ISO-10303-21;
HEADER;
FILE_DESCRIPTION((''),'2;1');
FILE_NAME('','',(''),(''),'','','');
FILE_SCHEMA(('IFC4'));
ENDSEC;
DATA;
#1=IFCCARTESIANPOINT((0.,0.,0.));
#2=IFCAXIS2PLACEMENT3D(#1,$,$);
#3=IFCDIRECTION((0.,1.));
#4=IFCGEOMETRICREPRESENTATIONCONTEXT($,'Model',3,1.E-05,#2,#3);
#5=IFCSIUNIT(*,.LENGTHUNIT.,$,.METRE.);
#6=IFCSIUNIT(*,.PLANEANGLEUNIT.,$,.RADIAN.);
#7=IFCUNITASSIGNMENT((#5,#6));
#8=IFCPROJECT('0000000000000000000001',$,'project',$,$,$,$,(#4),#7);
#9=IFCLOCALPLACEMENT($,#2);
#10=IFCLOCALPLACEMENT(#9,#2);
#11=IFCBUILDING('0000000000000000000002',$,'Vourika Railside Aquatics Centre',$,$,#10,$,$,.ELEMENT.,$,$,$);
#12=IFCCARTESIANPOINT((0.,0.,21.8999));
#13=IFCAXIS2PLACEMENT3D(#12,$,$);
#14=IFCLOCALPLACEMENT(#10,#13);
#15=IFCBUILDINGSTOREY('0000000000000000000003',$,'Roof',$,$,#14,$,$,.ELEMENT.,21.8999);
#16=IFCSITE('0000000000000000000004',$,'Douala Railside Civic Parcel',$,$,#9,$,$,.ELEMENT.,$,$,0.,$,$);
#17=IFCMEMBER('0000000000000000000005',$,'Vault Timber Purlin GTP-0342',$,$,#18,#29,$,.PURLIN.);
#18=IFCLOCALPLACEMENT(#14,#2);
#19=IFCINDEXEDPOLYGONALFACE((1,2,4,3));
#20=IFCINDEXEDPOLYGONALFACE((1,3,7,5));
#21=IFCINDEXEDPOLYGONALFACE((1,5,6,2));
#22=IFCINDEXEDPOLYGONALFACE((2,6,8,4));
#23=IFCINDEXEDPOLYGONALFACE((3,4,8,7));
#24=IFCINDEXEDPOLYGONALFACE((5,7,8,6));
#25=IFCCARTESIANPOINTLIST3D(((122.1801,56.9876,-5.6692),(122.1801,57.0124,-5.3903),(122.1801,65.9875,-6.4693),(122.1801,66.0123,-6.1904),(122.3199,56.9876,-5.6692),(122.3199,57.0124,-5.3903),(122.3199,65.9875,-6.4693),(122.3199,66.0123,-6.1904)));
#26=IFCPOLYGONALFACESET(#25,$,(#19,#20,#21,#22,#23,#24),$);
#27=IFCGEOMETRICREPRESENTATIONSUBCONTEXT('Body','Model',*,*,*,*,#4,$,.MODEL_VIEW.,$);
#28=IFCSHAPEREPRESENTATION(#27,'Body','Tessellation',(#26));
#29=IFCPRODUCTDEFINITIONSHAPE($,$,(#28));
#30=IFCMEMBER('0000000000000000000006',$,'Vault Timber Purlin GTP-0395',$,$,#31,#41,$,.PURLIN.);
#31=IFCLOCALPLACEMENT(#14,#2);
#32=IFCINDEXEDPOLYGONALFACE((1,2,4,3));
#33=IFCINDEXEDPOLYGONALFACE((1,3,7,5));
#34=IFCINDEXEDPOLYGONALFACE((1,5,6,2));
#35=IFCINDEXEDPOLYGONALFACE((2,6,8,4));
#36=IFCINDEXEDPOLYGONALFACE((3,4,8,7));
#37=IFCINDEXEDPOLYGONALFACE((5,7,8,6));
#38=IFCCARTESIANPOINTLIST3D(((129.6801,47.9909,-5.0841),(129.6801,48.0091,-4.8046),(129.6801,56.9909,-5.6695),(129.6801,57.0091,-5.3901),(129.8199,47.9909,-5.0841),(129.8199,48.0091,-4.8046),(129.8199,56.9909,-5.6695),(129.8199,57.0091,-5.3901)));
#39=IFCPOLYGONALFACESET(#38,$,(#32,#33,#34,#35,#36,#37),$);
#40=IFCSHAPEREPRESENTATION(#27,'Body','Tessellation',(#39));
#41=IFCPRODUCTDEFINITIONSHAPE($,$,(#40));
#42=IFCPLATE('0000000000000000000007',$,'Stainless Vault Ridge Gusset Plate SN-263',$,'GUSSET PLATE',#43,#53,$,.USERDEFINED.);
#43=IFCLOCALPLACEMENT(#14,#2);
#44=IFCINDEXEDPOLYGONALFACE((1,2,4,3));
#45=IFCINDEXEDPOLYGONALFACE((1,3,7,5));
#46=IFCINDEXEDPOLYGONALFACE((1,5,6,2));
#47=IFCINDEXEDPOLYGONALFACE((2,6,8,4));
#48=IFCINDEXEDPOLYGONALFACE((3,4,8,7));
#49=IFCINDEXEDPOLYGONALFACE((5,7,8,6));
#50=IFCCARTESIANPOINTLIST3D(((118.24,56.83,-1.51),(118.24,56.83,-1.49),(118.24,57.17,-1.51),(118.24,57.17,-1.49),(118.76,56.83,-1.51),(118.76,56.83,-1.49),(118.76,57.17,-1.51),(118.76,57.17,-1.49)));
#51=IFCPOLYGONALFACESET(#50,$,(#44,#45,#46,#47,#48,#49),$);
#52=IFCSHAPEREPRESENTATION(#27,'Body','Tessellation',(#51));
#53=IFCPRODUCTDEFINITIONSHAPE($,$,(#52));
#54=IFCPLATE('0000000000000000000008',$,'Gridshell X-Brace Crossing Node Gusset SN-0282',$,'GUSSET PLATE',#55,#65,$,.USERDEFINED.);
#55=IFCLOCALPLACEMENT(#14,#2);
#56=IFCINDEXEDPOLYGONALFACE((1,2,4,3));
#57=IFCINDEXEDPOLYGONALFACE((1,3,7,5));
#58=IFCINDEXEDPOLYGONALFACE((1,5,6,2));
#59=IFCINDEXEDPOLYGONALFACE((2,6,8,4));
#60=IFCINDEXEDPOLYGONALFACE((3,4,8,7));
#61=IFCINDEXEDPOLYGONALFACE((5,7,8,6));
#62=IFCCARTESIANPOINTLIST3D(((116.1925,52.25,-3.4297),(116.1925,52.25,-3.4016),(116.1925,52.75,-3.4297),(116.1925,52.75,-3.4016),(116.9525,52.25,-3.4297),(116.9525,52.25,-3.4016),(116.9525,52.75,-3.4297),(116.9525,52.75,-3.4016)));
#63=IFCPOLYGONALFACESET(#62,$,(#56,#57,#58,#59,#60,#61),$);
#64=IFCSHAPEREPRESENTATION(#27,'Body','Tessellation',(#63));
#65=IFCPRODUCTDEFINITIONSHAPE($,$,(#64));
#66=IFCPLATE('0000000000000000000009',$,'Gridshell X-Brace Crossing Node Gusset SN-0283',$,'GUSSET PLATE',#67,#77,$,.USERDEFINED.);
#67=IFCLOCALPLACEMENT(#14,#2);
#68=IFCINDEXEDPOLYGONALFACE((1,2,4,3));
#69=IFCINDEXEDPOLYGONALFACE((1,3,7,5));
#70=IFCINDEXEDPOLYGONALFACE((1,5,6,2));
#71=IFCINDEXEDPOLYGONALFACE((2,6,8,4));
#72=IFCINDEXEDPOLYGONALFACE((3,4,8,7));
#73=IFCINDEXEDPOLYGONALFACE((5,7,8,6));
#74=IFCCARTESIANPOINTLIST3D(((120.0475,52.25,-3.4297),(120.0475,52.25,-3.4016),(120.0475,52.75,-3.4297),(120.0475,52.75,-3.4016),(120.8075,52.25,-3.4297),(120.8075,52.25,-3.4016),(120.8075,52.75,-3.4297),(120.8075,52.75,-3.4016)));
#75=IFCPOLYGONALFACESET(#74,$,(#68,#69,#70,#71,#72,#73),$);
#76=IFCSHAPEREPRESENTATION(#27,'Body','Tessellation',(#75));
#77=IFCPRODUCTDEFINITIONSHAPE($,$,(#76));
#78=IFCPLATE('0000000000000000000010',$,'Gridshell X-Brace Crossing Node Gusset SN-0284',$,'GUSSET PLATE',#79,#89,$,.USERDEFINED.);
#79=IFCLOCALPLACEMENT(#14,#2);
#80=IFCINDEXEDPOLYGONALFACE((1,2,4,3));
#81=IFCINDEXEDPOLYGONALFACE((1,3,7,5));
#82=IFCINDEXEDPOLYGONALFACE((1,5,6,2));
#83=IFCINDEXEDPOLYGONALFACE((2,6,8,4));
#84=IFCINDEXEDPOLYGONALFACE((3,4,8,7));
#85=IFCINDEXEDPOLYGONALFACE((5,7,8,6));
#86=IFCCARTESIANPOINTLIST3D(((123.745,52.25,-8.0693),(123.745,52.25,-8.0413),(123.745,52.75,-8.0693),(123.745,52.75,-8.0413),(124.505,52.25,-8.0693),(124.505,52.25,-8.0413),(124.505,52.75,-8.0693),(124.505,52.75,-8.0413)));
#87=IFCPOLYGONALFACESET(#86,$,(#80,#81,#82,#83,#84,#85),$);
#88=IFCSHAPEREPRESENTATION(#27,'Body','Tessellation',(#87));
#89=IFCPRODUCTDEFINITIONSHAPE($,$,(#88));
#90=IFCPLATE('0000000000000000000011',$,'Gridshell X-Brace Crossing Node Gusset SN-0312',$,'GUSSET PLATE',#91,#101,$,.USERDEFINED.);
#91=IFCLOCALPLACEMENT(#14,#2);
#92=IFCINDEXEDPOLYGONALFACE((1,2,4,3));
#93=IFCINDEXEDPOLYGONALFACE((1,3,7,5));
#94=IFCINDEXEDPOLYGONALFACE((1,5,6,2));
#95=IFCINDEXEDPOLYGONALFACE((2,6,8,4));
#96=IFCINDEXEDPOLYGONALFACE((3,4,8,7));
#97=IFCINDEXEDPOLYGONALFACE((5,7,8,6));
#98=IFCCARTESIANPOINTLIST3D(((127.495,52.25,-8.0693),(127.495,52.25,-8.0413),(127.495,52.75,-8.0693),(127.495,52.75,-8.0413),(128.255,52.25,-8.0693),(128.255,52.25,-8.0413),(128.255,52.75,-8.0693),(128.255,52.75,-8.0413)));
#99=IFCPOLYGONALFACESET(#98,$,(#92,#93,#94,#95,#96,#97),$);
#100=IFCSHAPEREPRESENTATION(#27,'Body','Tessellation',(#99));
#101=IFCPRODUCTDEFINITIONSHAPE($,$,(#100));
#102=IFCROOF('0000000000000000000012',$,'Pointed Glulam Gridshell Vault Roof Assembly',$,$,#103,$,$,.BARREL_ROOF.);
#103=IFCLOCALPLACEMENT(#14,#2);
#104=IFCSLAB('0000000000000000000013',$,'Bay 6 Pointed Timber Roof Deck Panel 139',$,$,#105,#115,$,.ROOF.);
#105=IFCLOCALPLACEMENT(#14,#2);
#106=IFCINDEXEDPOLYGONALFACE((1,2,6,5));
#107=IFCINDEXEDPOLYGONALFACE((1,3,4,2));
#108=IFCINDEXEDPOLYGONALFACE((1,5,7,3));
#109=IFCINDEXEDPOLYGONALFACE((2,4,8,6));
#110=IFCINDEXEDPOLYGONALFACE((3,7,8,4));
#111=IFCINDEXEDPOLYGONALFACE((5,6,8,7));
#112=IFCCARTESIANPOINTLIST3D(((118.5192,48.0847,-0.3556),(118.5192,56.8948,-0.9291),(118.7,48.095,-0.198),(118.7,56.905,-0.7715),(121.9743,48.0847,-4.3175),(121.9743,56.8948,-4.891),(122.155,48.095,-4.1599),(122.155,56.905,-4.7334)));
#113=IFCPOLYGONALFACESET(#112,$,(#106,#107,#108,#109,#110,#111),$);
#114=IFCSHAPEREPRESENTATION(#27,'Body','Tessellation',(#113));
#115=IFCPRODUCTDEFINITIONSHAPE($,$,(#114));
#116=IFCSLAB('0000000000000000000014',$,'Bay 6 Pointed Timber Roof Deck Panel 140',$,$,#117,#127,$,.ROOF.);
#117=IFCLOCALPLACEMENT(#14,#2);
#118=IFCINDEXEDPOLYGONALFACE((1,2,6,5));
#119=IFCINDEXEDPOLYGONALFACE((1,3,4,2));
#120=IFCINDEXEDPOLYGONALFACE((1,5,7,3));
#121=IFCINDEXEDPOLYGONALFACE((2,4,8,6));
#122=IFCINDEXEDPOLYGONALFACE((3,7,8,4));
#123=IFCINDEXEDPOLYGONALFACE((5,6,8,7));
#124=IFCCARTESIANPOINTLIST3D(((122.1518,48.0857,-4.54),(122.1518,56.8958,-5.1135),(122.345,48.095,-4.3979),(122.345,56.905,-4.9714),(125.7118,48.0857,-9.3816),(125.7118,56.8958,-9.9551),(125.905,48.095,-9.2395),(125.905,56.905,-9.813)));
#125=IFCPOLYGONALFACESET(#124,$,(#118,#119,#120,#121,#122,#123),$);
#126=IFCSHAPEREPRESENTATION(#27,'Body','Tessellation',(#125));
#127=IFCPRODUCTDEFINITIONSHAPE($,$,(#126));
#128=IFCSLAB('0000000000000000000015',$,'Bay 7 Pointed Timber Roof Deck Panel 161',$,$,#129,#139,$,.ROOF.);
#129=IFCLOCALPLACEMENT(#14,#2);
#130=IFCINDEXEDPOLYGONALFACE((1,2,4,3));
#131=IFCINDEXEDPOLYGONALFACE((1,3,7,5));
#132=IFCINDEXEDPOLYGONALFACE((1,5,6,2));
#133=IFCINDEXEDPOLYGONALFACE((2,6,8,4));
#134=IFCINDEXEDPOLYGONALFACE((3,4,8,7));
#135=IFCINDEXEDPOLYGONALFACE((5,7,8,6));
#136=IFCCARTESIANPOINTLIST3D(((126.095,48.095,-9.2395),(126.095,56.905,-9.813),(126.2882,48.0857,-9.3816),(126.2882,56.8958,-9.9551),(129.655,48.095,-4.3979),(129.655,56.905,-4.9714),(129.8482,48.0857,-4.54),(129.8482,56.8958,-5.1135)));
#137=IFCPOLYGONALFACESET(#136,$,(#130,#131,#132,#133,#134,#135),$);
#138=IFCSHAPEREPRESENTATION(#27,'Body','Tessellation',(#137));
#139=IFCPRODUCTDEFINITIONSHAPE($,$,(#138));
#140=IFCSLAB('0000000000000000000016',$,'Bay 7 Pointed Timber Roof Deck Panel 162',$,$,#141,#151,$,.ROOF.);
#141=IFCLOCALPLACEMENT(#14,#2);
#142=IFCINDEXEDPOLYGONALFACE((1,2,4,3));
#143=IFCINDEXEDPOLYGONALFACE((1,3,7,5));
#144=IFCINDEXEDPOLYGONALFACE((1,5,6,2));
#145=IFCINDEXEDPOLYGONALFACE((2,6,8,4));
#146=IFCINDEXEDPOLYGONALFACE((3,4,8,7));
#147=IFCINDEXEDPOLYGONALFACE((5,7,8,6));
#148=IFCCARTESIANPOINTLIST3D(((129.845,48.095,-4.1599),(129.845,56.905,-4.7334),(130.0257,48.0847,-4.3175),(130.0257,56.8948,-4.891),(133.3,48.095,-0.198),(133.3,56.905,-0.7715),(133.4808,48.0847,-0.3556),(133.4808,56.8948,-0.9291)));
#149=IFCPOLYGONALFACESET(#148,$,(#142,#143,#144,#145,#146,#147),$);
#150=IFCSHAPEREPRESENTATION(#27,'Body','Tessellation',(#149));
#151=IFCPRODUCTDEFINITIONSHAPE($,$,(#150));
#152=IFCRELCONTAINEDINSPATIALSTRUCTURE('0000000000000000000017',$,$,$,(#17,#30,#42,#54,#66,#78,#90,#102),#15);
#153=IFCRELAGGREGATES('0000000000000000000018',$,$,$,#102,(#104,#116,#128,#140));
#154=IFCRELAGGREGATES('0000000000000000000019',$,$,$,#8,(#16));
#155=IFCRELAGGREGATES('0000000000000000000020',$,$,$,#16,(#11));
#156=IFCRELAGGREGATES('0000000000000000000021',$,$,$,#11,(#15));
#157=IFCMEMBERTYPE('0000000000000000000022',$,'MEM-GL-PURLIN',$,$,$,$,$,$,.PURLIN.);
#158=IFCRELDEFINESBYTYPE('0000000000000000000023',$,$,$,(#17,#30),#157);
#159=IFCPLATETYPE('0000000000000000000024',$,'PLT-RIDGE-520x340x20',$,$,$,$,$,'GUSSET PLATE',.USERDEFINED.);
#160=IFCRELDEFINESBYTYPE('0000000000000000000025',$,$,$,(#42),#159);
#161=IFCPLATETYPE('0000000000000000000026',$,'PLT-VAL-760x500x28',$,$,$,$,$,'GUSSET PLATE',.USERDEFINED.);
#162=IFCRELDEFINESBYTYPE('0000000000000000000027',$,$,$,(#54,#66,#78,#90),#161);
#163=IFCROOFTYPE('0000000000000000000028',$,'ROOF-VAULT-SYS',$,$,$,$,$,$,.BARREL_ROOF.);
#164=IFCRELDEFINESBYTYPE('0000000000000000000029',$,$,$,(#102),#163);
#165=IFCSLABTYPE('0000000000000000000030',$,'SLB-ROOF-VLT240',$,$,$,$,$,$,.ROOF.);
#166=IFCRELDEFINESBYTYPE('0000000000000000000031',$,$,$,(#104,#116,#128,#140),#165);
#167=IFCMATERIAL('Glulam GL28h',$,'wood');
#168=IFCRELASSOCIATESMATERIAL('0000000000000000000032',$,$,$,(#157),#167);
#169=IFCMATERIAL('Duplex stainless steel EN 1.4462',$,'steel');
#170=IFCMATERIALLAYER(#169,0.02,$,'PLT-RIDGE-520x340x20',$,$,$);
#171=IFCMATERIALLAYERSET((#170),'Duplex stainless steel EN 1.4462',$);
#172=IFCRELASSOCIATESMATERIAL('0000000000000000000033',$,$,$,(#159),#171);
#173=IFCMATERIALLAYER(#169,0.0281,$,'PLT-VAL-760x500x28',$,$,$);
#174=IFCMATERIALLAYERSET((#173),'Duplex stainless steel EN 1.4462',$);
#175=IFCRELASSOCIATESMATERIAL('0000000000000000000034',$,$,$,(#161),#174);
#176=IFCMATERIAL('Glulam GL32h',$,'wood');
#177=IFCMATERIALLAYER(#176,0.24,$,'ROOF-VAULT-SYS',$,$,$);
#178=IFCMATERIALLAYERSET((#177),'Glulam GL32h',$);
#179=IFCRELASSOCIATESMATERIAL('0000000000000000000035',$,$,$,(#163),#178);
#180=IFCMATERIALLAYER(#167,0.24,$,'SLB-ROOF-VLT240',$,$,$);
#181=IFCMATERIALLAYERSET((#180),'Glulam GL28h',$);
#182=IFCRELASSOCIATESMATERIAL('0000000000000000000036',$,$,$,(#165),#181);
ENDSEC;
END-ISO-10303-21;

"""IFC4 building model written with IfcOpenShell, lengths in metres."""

from ifc_helpers import new_model, si_unit, direction, frame, origin, origin_2d, place, context, subcontext, project, spatial, polyline, rectangle, outline, extrude, material, layer, layer_set, material_profile, profile_set, type_object, element, aggregate, save


model = new_model("IFC4")

# Units and contexts
model_context = context("Model", 3, precision=1e-05, world=origin(), true_north=direction((0.0, 1.0)))
body_context = subcontext(model_context, "Body", "Model", "MODEL_VIEW")
ifc_project = project(units=[si_unit("LENGTHUNIT", "METRE"), si_unit("PLANEANGLEUNIT", "RADIAN")], contexts=[model_context])

# Site, building, storey
site_placement = place(None, origin())
site = spatial("IfcSite", under=ifc_project, at=site_placement, Name="Douala Railside Civic Parcel", CompositionType="ELEMENT", RefElevation=0.0)
building_placement = place(site_placement, origin())
building = spatial("IfcBuilding", under=site, at=building_placement, Name="Vourika Railside Aquatics Centre", CompositionType="ELEMENT")
storey_placement = place(building_placement, frame((0.0, 0.0, 21.8999)))
storey = spatial("IfcBuildingStorey", under=building, at=storey_placement, Name="Roof", CompositionType="ELEMENT", Elevation=21.8999)

# Shared definitions
ifc_material_1 = material(Name="Glulam GL32h", Category="wood")

# Members
ifc_material_2 = material(Name="Glulam GL28h", Category="wood")
ifc_material_profile_1 = material_profile(ifc_material_2, rectangle(XDim=0.1399, YDim=0.28, at=origin_2d()), Name="GL28h 140x280")
ifc_profile_set_1 = profile_set([ifc_material_profile_1], Name="Glulam GL28h")
member_type_1 = type_object("IfcMemberType", Name="MEM-GL-PURLIN", PredefinedType="PURLIN", material=ifc_profile_set_1)
member_1_placement = place(storey_placement, frame((122.25, 57.0, -5.5298), z_axis=(0.0, 0.996072, -0.088545), x_axis=(-1.0, 0.0, 0.0)))
element("IfcMember", 1, at=member_1_placement, inside=storey, type_object=member_type_1, Name="Vault Timber Purlin GTP-0342", PredefinedType="PURLIN", context=body_context, shape_type="SweptSolid", body=[
    extrude(rectangle(XDim=0.1399, YDim=0.28, at=origin_2d()), origin(), (0.0, 0.0, 1.0), 9.0354),
])
member_2_placement = place(storey_placement, frame((129.75, 48.0, -4.9443), z_axis=(0.0, 0.997891, -0.064913), x_axis=(-1.0, 0.0, 0.0)))
element("IfcMember", 2, at=member_2_placement, inside=storey, type_object=member_type_1, Name="Vault Timber Purlin GTP-0395", PredefinedType="PURLIN", context=body_context, shape_type="SweptSolid", body=[
    extrude(rectangle(XDim=0.1399, YDim=0.28, at=origin_2d()), origin(), (0.0, 0.0, 1.0), 9.019),
])

# Plates
ifc_material_3 = material(Name="Duplex stainless steel EN 1.4462", Category="steel")
ifc_layer_1 = layer(ifc_material_3, 0.02, Name="PLT-RIDGE-520x340x20")
ifc_layer_set_1 = layer_set([ifc_layer_1], Name="Duplex stainless steel EN 1.4462")
plate_type_1 = type_object("IfcPlateType", Name="PLT-RIDGE-520x340x20", ElementType="GUSSET PLATE", PredefinedType="USERDEFINED", material=ifc_layer_set_1)
plate_placement = place(storey_placement, frame((118.5, 57.0, -1.51), z_axis=(0.0, 0.0, 1.0), x_axis=(1.0, 0.0, 0.0)))
element("IfcPlate", 3, at=plate_placement, inside=storey, type_object=plate_type_1, Name="Stainless Vault Ridge Gusset Plate SN-263", ObjectType="GUSSET PLATE", PredefinedType="USERDEFINED", context=body_context, shape_type="SweptSolid", body=[
    extrude(rectangle(XDim=0.52, YDim=0.3401, at=origin_2d()), origin(), (0.0, 0.0, 1.0), 0.02),
])
ifc_layer_2 = layer(ifc_material_3, 0.0281, Name="PLT-VAL-760x500x28")
ifc_layer_set_2 = layer_set([ifc_layer_2], Name="Duplex stainless steel EN 1.4462")
plate_type_2 = type_object("IfcPlateType", Name="PLT-VAL-760x500x28", ElementType="GUSSET PLATE", PredefinedType="USERDEFINED", material=ifc_layer_set_2)
for number, where, z_axis, x_axis, name in (
    (4, (116.5725, 52.5, -3.4297), (0.0, 0.0, 1.0), (1.0, 0.0, 0.0), "Gridshell X-Brace Crossing Node Gusset SN-0282"),
    (5, (120.4275, 52.5, -3.4297), (0.0, 0.0, 1.0), (1.0, 0.0, 0.0), "Gridshell X-Brace Crossing Node Gusset SN-0283"),
    (6, (124.125, 52.5, -8.0693), (0.0, 0.0, 1.0), (1.0, 0.0, 0.0), "Gridshell X-Brace Crossing Node Gusset SN-0284"),
    (7, (127.875, 52.5, -8.0693), (0.0, 0.0, 1.0), (1.0, 0.0, 0.0), "Gridshell X-Brace Crossing Node Gusset SN-0312"),
):
    element("IfcPlate", number, at=place(storey_placement, frame(where, z_axis=z_axis, x_axis=x_axis)), inside=storey, type_object=plate_type_2, Name=name, ObjectType="GUSSET PLATE", PredefinedType="USERDEFINED", context=body_context, shape_type="SweptSolid", body=[
        extrude(rectangle(XDim=0.76, YDim=0.5, at=origin_2d()), origin(), (0.0, 0.0, 1.0), 0.0281),
    ])

# Roof, slabs
ifc_layer_3 = layer(ifc_material_1, 0.24, Name="ROOF-VAULT-SYS")
ifc_layer_set_3 = layer_set([ifc_layer_3], Name="Glulam GL32h")
roof_type = type_object("IfcRoofType", Name="ROOF-VAULT-SYS", PredefinedType="BARREL_ROOF", material=ifc_layer_set_3)
roof_placement = place(storey_placement, origin())
roof = element("IfcRoof", 8, at=roof_placement, inside=storey, type_object=roof_type, Name="Pointed Glulam Gridshell Vault Roof Assembly", PredefinedType="BARREL_ROOF")
ifc_layer_4 = layer(ifc_material_2, 0.24, Name="SLB-ROOF-VLT240")
ifc_layer_set_4 = layer_set([ifc_layer_4], Name="Glulam GL28h")
slab_type = type_object("IfcSlabType", Name="SLB-ROOF-VLT240", PredefinedType="ROOF", material=ifc_layer_set_4)
slab_1_placement = place(storey_placement, frame((118.7, 48.095, -0.198), z_axis=(0.75298, 0.042745, 0.656654), x_axis=(0.657254, 0.0, -0.753669)))
slab_1 = element("IfcSlab", 9, at=slab_1_placement, type_object=slab_type, Name="Bay 6 Pointed Timber Roof Deck Panel 139", PredefinedType="ROOF", context=body_context, shape_type="SweptSolid", body=[
    extrude(outline(polyline([(0.0, 0.0), (5.2568, 0.0), (5.6891, 8.8181), (0.4322, 8.8181), (0.0, 0.0)])), origin(), (0.0, 0.0, -1.0), 0.24),
])
slab_2_placement = place(storey_placement, frame((122.345, 48.095, -4.3979), z_axis=(0.805045, 0.038533, 0.591961), x_axis=(0.592401, 0.0, -0.805644)))
slab_2 = element("IfcSlab", 10, at=slab_2_placement, type_object=slab_type, Name="Bay 6 Pointed Timber Roof Deck Panel 140", PredefinedType="ROOF", context=body_context, shape_type="SweptSolid", body=[
    extrude(outline(polyline([(0.0, 0.0), (6.0095, 0.0), (6.4716, 8.8166), (0.462, 8.8166), (0.0, 0.0)])), origin(), (0.0, 0.0, -1.0), 0.24),
])
slab_3_placement = place(storey_placement, frame((126.095, 48.095, -9.2395), z_axis=(-0.805045, 0.038533, 0.591961), x_axis=(0.592401, 0.0, 0.805644)))
slab_3 = element("IfcSlab", 11, at=slab_3_placement, type_object=slab_type, Name="Bay 7 Pointed Timber Roof Deck Panel 161", PredefinedType="ROOF", context=body_context, shape_type="SweptSolid", body=[
    extrude(outline(polyline([(0.0, 0.0), (6.0095, 0.0), (5.5475, 8.8166), (-0.462, 8.8166), (0.0, 0.0)])), origin(), (0.0, 0.0, -1.0), 0.24),
])
slab_4_placement = place(storey_placement, frame((129.845, 48.095, -4.1599), z_axis=(-0.75298, 0.042745, 0.656654), x_axis=(0.657254, 0.0, 0.753669)))
slab_4 = element("IfcSlab", 12, at=slab_4_placement, type_object=slab_type, Name="Bay 7 Pointed Timber Roof Deck Panel 162", PredefinedType="ROOF", context=body_context, shape_type="SweptSolid", body=[
    extrude(outline(polyline([(0.0, 0.0), (5.2568, 0.0), (4.8246, 8.8181), (-0.4322, 8.8181), (0.0, 0.0)])), origin(), (0.0, 0.0, -1.0), 0.24),
])
aggregate(roof, [slab_1, slab_2, slab_3, slab_4])

save(model, "model.ifc")
